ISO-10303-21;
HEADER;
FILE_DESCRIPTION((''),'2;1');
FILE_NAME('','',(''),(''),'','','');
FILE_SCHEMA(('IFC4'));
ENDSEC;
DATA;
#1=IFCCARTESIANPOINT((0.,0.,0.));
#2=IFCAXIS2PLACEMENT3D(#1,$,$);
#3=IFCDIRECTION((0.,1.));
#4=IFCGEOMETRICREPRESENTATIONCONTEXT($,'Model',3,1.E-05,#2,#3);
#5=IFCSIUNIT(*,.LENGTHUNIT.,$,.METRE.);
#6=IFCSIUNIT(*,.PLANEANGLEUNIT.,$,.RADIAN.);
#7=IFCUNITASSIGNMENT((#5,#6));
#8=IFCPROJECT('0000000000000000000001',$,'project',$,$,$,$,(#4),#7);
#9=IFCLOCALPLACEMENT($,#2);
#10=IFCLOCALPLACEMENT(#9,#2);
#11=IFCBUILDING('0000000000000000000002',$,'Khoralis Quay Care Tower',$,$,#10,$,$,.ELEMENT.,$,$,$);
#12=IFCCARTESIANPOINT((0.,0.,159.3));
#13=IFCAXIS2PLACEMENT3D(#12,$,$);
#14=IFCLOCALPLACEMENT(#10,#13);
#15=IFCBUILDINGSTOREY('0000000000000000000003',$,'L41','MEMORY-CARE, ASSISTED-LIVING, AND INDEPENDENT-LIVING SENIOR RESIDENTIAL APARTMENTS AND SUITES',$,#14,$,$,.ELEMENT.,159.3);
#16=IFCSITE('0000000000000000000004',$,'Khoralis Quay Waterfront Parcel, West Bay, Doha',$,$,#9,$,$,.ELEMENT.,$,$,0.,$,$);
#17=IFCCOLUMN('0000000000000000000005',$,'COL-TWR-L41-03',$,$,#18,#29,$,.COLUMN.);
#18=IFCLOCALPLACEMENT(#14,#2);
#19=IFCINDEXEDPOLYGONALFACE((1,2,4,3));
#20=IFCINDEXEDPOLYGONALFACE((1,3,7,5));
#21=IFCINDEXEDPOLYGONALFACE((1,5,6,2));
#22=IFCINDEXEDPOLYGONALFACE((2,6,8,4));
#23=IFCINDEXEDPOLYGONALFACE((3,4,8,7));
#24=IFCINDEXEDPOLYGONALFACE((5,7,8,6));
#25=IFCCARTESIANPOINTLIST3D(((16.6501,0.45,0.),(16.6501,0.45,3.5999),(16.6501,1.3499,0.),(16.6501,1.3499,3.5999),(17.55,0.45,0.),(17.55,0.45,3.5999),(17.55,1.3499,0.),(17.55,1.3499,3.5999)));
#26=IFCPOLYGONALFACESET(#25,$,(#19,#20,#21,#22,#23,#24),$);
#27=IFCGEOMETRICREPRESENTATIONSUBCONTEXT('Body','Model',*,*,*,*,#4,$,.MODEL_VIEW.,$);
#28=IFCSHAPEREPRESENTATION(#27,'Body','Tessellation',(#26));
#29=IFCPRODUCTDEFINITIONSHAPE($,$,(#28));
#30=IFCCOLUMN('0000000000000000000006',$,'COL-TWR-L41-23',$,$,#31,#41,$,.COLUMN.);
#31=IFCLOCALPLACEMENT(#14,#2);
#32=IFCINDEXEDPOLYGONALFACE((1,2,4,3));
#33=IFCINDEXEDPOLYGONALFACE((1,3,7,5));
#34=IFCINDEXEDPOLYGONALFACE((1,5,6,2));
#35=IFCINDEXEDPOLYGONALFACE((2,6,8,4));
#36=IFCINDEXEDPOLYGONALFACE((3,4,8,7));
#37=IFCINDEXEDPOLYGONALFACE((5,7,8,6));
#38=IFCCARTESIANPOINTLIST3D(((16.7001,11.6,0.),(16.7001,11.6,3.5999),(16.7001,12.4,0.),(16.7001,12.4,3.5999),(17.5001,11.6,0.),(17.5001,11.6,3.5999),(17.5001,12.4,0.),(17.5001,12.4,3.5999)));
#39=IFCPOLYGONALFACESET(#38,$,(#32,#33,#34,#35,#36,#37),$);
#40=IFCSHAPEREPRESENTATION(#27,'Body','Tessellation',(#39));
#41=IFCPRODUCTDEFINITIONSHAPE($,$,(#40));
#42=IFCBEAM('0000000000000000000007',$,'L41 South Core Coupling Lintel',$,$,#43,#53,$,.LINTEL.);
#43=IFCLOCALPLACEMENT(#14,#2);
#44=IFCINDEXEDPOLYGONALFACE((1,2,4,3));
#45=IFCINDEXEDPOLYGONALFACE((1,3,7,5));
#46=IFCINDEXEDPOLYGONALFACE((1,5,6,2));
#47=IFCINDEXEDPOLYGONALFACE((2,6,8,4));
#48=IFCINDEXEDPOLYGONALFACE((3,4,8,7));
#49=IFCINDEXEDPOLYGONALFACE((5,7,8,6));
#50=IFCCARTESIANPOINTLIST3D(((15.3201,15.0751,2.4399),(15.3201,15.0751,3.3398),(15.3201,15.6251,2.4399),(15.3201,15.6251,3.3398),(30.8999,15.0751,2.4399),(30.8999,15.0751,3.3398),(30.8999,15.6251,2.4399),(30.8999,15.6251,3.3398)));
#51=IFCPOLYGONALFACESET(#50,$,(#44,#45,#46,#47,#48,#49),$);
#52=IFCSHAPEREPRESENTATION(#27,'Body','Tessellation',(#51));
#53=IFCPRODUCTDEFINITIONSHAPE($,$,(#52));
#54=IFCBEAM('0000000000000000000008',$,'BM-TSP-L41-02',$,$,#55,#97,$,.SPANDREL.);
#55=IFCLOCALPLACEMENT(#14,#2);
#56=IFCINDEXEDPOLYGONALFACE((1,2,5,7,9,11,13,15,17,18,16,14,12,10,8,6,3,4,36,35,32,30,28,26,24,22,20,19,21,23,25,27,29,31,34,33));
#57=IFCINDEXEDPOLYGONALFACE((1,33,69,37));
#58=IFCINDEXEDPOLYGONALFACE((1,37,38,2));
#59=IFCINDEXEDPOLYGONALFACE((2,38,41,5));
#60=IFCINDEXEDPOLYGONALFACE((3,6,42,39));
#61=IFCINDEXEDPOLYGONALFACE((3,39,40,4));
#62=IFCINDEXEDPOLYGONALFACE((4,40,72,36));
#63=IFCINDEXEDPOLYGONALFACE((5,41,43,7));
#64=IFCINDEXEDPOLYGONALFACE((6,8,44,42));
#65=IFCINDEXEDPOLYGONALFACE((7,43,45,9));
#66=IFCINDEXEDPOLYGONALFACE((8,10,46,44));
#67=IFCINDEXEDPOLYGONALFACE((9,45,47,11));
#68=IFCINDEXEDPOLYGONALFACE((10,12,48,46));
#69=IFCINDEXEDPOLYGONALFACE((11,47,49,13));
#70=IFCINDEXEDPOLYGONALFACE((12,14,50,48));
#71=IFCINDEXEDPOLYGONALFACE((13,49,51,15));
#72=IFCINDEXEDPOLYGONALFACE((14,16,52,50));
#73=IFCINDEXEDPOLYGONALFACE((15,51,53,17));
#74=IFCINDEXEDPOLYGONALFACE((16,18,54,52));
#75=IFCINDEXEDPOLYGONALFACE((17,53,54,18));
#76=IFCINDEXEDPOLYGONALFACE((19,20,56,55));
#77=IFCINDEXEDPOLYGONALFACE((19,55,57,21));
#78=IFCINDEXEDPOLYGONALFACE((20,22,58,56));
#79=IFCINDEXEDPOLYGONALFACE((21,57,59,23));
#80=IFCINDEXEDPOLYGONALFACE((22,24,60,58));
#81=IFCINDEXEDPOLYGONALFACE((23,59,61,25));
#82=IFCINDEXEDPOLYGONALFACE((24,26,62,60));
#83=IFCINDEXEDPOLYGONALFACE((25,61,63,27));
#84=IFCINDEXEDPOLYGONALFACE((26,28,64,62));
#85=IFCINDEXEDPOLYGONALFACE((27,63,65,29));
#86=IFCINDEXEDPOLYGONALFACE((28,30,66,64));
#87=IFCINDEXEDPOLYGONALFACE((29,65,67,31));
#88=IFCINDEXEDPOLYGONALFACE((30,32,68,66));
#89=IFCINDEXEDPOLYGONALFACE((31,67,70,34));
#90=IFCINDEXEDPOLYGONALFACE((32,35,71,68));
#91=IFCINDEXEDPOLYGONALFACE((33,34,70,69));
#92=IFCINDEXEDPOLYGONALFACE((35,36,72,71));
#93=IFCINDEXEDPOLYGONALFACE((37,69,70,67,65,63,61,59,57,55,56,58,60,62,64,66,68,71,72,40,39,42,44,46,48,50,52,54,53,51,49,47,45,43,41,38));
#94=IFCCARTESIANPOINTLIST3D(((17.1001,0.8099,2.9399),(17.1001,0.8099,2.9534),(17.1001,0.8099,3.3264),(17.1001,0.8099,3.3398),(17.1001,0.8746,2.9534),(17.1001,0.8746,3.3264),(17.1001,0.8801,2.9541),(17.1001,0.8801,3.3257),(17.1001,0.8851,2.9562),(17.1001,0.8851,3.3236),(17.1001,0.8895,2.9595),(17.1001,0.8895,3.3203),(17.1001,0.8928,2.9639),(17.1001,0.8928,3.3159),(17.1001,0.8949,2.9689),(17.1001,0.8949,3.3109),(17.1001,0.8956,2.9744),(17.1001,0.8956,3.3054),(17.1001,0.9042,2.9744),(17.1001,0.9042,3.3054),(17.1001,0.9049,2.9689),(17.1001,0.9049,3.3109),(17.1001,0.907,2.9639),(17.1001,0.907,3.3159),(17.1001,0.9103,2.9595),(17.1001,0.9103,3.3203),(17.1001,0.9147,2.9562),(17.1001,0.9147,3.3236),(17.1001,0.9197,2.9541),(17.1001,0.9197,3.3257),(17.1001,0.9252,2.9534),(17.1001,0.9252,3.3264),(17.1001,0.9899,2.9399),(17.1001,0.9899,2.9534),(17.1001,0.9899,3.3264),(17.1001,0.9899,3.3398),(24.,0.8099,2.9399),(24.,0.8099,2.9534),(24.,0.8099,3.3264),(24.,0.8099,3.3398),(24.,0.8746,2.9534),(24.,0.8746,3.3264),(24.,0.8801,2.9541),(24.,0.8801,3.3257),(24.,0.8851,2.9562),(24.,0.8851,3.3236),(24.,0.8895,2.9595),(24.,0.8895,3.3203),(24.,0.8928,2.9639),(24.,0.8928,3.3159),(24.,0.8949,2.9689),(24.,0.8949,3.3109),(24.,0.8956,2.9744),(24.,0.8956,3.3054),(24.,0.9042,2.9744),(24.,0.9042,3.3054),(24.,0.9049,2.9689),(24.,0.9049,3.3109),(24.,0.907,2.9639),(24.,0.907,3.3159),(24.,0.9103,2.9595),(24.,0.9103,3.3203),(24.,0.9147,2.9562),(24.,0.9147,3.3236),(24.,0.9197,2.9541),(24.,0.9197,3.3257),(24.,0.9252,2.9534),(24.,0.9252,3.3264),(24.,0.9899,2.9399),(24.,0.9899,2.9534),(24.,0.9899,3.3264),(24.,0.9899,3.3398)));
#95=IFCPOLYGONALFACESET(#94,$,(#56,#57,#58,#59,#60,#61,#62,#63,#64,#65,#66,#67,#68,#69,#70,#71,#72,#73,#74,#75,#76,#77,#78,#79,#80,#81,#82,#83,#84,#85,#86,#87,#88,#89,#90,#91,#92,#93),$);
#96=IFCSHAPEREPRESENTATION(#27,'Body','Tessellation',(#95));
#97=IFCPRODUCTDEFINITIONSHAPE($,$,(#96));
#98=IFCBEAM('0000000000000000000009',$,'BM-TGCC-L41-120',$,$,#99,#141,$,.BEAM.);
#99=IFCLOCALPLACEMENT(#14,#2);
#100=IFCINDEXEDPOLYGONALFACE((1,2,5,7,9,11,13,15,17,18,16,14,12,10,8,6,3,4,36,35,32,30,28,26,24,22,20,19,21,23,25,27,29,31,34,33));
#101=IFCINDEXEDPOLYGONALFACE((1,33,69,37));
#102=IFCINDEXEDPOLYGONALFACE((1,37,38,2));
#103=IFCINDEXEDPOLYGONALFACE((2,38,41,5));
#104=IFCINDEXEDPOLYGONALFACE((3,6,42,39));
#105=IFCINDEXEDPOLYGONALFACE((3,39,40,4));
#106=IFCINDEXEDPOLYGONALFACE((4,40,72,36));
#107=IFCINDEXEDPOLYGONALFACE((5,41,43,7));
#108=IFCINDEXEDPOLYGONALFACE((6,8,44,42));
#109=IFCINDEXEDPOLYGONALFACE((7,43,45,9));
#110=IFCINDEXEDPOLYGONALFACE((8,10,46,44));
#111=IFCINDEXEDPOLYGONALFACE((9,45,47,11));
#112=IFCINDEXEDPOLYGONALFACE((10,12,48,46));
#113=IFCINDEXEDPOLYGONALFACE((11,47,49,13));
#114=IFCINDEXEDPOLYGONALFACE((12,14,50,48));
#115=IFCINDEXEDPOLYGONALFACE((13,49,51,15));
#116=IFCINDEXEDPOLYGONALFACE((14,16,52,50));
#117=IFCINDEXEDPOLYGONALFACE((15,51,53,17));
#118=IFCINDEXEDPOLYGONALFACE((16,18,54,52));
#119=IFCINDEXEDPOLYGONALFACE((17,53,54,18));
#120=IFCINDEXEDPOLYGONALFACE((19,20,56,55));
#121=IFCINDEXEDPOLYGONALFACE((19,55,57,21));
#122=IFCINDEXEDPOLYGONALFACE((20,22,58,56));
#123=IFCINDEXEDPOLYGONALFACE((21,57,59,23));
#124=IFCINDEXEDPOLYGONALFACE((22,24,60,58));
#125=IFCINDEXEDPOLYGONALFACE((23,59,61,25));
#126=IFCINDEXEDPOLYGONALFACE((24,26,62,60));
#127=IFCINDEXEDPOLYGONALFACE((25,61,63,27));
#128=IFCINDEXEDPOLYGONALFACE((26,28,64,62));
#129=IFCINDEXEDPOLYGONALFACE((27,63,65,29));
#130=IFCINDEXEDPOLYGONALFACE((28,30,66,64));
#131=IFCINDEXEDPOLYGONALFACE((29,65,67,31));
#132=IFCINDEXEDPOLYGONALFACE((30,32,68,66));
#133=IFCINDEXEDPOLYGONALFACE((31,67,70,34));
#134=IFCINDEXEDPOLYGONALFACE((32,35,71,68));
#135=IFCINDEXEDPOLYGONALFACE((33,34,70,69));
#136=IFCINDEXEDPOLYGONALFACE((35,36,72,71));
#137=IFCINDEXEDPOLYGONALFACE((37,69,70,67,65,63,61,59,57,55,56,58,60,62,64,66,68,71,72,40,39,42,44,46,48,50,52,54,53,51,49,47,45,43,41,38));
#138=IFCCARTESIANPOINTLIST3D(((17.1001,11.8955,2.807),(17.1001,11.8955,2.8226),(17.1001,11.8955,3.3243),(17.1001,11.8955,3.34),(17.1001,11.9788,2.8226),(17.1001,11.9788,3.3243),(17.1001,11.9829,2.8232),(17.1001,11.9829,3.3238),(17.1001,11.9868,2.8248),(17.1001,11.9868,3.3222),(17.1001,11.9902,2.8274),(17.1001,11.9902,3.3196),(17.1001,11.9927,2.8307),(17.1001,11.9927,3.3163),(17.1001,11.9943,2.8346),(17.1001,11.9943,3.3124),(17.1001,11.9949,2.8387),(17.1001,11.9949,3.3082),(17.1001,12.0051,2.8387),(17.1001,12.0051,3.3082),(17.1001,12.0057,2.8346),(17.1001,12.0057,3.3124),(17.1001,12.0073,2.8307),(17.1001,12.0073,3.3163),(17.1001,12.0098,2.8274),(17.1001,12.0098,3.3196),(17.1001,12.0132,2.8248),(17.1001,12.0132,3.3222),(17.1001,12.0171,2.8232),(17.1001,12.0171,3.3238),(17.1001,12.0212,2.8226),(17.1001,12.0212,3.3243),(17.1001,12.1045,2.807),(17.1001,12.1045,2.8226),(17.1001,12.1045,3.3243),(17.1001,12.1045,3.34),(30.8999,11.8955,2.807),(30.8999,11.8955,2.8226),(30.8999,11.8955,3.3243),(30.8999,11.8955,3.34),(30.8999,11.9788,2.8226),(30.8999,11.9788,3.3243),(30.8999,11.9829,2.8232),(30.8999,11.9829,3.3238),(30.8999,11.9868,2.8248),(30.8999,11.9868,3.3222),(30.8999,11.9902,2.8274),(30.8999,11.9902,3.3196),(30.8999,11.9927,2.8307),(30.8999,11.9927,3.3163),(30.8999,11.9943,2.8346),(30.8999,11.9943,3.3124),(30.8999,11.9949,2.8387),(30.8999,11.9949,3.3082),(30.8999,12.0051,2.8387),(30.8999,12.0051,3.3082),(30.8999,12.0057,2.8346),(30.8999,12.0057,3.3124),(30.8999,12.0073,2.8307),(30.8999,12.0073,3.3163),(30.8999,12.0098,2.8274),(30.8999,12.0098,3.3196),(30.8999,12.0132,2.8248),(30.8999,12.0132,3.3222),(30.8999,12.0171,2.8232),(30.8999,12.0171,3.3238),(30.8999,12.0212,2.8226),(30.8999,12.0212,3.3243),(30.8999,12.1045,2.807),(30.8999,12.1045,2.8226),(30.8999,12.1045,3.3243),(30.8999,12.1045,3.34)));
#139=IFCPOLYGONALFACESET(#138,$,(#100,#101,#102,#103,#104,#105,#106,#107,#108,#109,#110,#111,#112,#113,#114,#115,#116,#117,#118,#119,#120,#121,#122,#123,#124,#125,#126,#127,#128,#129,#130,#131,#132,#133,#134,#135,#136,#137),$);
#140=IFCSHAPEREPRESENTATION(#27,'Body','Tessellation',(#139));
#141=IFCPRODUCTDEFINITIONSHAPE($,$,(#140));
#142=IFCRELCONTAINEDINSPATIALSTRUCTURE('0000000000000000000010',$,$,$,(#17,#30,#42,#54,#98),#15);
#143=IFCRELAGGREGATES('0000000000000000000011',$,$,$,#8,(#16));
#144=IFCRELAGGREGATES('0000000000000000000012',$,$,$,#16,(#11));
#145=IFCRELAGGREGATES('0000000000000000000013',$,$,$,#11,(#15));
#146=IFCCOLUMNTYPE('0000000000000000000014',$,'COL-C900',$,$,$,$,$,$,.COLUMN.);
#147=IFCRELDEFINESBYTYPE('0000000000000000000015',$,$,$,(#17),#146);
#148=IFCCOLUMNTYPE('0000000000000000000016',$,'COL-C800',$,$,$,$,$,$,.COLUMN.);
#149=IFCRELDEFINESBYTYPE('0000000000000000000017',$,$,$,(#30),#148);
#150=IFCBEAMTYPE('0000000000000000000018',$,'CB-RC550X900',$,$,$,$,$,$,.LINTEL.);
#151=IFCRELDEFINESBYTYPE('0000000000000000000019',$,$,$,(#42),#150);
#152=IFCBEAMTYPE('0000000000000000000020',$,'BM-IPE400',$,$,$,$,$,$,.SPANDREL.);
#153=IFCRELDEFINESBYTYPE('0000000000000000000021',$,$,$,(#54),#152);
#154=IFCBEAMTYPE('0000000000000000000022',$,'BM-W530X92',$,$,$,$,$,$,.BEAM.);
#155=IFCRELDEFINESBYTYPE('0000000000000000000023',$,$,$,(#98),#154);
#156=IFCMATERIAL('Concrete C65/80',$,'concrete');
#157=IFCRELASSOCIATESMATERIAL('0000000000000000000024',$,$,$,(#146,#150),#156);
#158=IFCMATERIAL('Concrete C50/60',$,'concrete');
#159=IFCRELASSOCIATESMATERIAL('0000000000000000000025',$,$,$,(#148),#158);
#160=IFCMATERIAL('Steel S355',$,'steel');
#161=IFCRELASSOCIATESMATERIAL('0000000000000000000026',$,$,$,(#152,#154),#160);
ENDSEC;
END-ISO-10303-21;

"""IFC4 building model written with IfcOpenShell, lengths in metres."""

from ifc_helpers import new_model, si_unit, direction, frame, origin, origin_2d, place, context, subcontext, project, spatial, rectangle, i_section, extrude, source, transform, mapped, material, material_profile, profile_set, type_object, element, save


model = new_model("IFC4")

# Units and contexts
model_context = context("Model", 3, precision=1e-05, world=origin(), true_north=direction((0.0, 1.0)))
body_context = subcontext(model_context, "Body", "Model", "MODEL_VIEW")
ifc_project = project(units=[si_unit("LENGTHUNIT", "METRE"), si_unit("PLANEANGLEUNIT", "RADIAN")], contexts=[model_context])

# Site, building, storey
site_placement = place(None, origin())
site = spatial("IfcSite", under=ifc_project, at=site_placement, Name="Khoralis Quay Waterfront Parcel, West Bay, Doha", CompositionType="ELEMENT", RefElevation=0.0)
building_placement = place(site_placement, origin())
building = spatial("IfcBuilding", under=site, at=building_placement, Name="Khoralis Quay Care Tower", CompositionType="ELEMENT")
storey_placement = place(building_placement, frame((0.0, 0.0, 159.3)))
storey = spatial("IfcBuildingStorey", under=building, at=storey_placement, Name="L41", Description="MEMORY-CARE, ASSISTED-LIVING, AND INDEPENDENT-LIVING SENIOR RESIDENTIAL APARTMENTS AND SUITES", CompositionType="ELEMENT", Elevation=159.3)

# Columns
ifc_material_1 = material(Name="Concrete C65/80", Category="concrete")
ifc_material_profile_1 = material_profile(ifc_material_1, rectangle(XDim=0.8999, YDim=0.8999, at=origin_2d()), Name="Concrete C65/80")
ifc_profile_set_1 = profile_set([ifc_material_profile_1], Name="Concrete C65/80")
column_type_1 = type_object("IfcColumnType", Name="COL-C900", PredefinedType="COLUMN", material=ifc_profile_set_1)
shared_shape_1 = source(origin(), body_context, "Body", "SweptSolid", [
    extrude(rectangle(XDim=0.8999, YDim=0.8999, at=origin_2d()), origin(), (0.0, 0.0, 1.0), 3.5999),
])
column_1_placement = place(storey_placement, frame((17.1001, 0.8999, 0.0), z_axis=(0.0, 0.0, 1.0), x_axis=(1.0, 0.0, 0.0)))
element("IfcColumn", 1, at=column_1_placement, inside=storey, type_object=column_type_1, Name="COL-TWR-L41-03", PredefinedType="COLUMN", context=body_context, shape_type="MappedRepresentation", body=[
    mapped(shared_shape_1, transform((0.0, 0.0, 0.0), scale=1.0)),
])
ifc_material_2 = material(Name="Concrete C50/60", Category="concrete")
ifc_material_profile_2 = material_profile(ifc_material_2, rectangle(XDim=0.8, YDim=0.8, at=origin_2d()), Name="Concrete C50/60")
ifc_profile_set_2 = profile_set([ifc_material_profile_2], Name="Concrete C50/60")
column_type_2 = type_object("IfcColumnType", Name="COL-C800", PredefinedType="COLUMN", material=ifc_profile_set_2)
shared_shape_2 = source(origin(), body_context, "Body", "SweptSolid", [
    extrude(rectangle(XDim=0.8, YDim=0.8, at=origin_2d()), origin(), (0.0, 0.0, 1.0), 3.5999),
])
column_2_placement = place(storey_placement, frame((17.1001, 12.0, 0.0), z_axis=(0.0, 0.0, 1.0), x_axis=(1.0, 0.0, 0.0)))
element("IfcColumn", 2, at=column_2_placement, inside=storey, type_object=column_type_2, Name="COL-TWR-L41-23", PredefinedType="COLUMN", context=body_context, shape_type="MappedRepresentation", body=[
    mapped(shared_shape_2, transform((0.0, 0.0, 0.0), scale=1.0)),
])

# Beams
ifc_material_profile_3 = material_profile(ifc_material_1, rectangle(XDim=0.55, YDim=0.8999, at=origin_2d()), Name="Concrete C65/80")
ifc_profile_set_3 = profile_set([ifc_material_profile_3], Name="Concrete C65/80")
beam_type_1 = type_object("IfcBeamType", Name="CB-RC550X900", PredefinedType="LINTEL", material=ifc_profile_set_3)
shared_shape_3 = source(origin(), body_context, "Body", "SweptSolid", [
    extrude(rectangle(XDim=0.55, YDim=0.8999, at=origin_2d()), origin(), (0.0, 0.0, 1.0), 15.5798),
])
beam_1_placement = place(storey_placement, frame((15.3201, 15.3501, 2.8899), z_axis=(1.0, 0.0, 0.0), x_axis=(0.0, 1.0, 0.0)))
element("IfcBeam", 3, at=beam_1_placement, inside=storey, type_object=beam_type_1, Name="L41 South Core Coupling Lintel", PredefinedType="LINTEL", context=body_context, shape_type="MappedRepresentation", body=[
    mapped(shared_shape_3, transform((0.0, 0.0, 0.0), scale=1.0)),
])
ifc_material_3 = material(Name="Steel S355", Category="steel")
ifc_material_profile_4 = material_profile(ifc_material_3, i_section(OverallWidth=0.1799, OverallDepth=0.3999, WebThickness=0.0085, FlangeThickness=0.0134, FilletRadius=0.021, at=origin_2d()), Name="Steel S355")
ifc_profile_set_4 = profile_set([ifc_material_profile_4], Name="Steel S355")
beam_type_2 = type_object("IfcBeamType", Name="BM-IPE400", PredefinedType="SPANDREL", material=ifc_profile_set_4)
shared_shape_4 = source(origin(), body_context, "Body", "SweptSolid", [
    extrude(i_section(OverallWidth=0.1799, OverallDepth=0.3999, WebThickness=0.0085, FlangeThickness=0.0134, FilletRadius=0.021, at=origin_2d()), origin(), (0.0, 0.0, 1.0), 6.8999),
])
beam_2_placement = place(storey_placement, frame((17.1001, 0.8999, 3.1399), z_axis=(1.0, 0.0, 0.0), x_axis=(0.0, 1.0, 0.0)))
element("IfcBeam", 4, at=beam_2_placement, inside=storey, type_object=beam_type_2, Name="BM-TSP-L41-02", PredefinedType="SPANDREL", context=body_context, shape_type="MappedRepresentation", body=[
    mapped(shared_shape_4, transform((0.0, 0.0, 0.0), scale=1.0)),
])
ifc_material_profile_5 = material_profile(ifc_material_3, i_section(OverallWidth=0.209, OverallDepth=0.533, WebThickness=0.0103, FlangeThickness=0.0156, FilletRadius=0.0161, at=origin_2d()), Name="Steel S355")
ifc_profile_set_5 = profile_set([ifc_material_profile_5], Name="Steel S355")
beam_type_3 = type_object("IfcBeamType", Name="BM-W530X92", PredefinedType="BEAM", material=ifc_profile_set_5)
shared_shape_5 = source(origin(), body_context, "Body", "SweptSolid", [
    extrude(i_section(OverallWidth=0.209, OverallDepth=0.533, WebThickness=0.0103, FlangeThickness=0.0156, FilletRadius=0.0161, at=origin_2d()), origin(), (0.0, 0.0, 1.0), 13.7998),
])
beam_3_placement = place(storey_placement, frame((17.1001, 12.0, 3.0735), z_axis=(1.0, 0.0, 0.0), x_axis=(0.0, 1.0, 0.0)))
element("IfcBeam", 5, at=beam_3_placement, inside=storey, type_object=beam_type_3, Name="BM-TGCC-L41-120", PredefinedType="BEAM", context=body_context, shape_type="MappedRepresentation", body=[
    mapped(shared_shape_5, transform((0.0, 0.0, 0.0), scale=1.0)),
])

save(model, "model.ifc")
